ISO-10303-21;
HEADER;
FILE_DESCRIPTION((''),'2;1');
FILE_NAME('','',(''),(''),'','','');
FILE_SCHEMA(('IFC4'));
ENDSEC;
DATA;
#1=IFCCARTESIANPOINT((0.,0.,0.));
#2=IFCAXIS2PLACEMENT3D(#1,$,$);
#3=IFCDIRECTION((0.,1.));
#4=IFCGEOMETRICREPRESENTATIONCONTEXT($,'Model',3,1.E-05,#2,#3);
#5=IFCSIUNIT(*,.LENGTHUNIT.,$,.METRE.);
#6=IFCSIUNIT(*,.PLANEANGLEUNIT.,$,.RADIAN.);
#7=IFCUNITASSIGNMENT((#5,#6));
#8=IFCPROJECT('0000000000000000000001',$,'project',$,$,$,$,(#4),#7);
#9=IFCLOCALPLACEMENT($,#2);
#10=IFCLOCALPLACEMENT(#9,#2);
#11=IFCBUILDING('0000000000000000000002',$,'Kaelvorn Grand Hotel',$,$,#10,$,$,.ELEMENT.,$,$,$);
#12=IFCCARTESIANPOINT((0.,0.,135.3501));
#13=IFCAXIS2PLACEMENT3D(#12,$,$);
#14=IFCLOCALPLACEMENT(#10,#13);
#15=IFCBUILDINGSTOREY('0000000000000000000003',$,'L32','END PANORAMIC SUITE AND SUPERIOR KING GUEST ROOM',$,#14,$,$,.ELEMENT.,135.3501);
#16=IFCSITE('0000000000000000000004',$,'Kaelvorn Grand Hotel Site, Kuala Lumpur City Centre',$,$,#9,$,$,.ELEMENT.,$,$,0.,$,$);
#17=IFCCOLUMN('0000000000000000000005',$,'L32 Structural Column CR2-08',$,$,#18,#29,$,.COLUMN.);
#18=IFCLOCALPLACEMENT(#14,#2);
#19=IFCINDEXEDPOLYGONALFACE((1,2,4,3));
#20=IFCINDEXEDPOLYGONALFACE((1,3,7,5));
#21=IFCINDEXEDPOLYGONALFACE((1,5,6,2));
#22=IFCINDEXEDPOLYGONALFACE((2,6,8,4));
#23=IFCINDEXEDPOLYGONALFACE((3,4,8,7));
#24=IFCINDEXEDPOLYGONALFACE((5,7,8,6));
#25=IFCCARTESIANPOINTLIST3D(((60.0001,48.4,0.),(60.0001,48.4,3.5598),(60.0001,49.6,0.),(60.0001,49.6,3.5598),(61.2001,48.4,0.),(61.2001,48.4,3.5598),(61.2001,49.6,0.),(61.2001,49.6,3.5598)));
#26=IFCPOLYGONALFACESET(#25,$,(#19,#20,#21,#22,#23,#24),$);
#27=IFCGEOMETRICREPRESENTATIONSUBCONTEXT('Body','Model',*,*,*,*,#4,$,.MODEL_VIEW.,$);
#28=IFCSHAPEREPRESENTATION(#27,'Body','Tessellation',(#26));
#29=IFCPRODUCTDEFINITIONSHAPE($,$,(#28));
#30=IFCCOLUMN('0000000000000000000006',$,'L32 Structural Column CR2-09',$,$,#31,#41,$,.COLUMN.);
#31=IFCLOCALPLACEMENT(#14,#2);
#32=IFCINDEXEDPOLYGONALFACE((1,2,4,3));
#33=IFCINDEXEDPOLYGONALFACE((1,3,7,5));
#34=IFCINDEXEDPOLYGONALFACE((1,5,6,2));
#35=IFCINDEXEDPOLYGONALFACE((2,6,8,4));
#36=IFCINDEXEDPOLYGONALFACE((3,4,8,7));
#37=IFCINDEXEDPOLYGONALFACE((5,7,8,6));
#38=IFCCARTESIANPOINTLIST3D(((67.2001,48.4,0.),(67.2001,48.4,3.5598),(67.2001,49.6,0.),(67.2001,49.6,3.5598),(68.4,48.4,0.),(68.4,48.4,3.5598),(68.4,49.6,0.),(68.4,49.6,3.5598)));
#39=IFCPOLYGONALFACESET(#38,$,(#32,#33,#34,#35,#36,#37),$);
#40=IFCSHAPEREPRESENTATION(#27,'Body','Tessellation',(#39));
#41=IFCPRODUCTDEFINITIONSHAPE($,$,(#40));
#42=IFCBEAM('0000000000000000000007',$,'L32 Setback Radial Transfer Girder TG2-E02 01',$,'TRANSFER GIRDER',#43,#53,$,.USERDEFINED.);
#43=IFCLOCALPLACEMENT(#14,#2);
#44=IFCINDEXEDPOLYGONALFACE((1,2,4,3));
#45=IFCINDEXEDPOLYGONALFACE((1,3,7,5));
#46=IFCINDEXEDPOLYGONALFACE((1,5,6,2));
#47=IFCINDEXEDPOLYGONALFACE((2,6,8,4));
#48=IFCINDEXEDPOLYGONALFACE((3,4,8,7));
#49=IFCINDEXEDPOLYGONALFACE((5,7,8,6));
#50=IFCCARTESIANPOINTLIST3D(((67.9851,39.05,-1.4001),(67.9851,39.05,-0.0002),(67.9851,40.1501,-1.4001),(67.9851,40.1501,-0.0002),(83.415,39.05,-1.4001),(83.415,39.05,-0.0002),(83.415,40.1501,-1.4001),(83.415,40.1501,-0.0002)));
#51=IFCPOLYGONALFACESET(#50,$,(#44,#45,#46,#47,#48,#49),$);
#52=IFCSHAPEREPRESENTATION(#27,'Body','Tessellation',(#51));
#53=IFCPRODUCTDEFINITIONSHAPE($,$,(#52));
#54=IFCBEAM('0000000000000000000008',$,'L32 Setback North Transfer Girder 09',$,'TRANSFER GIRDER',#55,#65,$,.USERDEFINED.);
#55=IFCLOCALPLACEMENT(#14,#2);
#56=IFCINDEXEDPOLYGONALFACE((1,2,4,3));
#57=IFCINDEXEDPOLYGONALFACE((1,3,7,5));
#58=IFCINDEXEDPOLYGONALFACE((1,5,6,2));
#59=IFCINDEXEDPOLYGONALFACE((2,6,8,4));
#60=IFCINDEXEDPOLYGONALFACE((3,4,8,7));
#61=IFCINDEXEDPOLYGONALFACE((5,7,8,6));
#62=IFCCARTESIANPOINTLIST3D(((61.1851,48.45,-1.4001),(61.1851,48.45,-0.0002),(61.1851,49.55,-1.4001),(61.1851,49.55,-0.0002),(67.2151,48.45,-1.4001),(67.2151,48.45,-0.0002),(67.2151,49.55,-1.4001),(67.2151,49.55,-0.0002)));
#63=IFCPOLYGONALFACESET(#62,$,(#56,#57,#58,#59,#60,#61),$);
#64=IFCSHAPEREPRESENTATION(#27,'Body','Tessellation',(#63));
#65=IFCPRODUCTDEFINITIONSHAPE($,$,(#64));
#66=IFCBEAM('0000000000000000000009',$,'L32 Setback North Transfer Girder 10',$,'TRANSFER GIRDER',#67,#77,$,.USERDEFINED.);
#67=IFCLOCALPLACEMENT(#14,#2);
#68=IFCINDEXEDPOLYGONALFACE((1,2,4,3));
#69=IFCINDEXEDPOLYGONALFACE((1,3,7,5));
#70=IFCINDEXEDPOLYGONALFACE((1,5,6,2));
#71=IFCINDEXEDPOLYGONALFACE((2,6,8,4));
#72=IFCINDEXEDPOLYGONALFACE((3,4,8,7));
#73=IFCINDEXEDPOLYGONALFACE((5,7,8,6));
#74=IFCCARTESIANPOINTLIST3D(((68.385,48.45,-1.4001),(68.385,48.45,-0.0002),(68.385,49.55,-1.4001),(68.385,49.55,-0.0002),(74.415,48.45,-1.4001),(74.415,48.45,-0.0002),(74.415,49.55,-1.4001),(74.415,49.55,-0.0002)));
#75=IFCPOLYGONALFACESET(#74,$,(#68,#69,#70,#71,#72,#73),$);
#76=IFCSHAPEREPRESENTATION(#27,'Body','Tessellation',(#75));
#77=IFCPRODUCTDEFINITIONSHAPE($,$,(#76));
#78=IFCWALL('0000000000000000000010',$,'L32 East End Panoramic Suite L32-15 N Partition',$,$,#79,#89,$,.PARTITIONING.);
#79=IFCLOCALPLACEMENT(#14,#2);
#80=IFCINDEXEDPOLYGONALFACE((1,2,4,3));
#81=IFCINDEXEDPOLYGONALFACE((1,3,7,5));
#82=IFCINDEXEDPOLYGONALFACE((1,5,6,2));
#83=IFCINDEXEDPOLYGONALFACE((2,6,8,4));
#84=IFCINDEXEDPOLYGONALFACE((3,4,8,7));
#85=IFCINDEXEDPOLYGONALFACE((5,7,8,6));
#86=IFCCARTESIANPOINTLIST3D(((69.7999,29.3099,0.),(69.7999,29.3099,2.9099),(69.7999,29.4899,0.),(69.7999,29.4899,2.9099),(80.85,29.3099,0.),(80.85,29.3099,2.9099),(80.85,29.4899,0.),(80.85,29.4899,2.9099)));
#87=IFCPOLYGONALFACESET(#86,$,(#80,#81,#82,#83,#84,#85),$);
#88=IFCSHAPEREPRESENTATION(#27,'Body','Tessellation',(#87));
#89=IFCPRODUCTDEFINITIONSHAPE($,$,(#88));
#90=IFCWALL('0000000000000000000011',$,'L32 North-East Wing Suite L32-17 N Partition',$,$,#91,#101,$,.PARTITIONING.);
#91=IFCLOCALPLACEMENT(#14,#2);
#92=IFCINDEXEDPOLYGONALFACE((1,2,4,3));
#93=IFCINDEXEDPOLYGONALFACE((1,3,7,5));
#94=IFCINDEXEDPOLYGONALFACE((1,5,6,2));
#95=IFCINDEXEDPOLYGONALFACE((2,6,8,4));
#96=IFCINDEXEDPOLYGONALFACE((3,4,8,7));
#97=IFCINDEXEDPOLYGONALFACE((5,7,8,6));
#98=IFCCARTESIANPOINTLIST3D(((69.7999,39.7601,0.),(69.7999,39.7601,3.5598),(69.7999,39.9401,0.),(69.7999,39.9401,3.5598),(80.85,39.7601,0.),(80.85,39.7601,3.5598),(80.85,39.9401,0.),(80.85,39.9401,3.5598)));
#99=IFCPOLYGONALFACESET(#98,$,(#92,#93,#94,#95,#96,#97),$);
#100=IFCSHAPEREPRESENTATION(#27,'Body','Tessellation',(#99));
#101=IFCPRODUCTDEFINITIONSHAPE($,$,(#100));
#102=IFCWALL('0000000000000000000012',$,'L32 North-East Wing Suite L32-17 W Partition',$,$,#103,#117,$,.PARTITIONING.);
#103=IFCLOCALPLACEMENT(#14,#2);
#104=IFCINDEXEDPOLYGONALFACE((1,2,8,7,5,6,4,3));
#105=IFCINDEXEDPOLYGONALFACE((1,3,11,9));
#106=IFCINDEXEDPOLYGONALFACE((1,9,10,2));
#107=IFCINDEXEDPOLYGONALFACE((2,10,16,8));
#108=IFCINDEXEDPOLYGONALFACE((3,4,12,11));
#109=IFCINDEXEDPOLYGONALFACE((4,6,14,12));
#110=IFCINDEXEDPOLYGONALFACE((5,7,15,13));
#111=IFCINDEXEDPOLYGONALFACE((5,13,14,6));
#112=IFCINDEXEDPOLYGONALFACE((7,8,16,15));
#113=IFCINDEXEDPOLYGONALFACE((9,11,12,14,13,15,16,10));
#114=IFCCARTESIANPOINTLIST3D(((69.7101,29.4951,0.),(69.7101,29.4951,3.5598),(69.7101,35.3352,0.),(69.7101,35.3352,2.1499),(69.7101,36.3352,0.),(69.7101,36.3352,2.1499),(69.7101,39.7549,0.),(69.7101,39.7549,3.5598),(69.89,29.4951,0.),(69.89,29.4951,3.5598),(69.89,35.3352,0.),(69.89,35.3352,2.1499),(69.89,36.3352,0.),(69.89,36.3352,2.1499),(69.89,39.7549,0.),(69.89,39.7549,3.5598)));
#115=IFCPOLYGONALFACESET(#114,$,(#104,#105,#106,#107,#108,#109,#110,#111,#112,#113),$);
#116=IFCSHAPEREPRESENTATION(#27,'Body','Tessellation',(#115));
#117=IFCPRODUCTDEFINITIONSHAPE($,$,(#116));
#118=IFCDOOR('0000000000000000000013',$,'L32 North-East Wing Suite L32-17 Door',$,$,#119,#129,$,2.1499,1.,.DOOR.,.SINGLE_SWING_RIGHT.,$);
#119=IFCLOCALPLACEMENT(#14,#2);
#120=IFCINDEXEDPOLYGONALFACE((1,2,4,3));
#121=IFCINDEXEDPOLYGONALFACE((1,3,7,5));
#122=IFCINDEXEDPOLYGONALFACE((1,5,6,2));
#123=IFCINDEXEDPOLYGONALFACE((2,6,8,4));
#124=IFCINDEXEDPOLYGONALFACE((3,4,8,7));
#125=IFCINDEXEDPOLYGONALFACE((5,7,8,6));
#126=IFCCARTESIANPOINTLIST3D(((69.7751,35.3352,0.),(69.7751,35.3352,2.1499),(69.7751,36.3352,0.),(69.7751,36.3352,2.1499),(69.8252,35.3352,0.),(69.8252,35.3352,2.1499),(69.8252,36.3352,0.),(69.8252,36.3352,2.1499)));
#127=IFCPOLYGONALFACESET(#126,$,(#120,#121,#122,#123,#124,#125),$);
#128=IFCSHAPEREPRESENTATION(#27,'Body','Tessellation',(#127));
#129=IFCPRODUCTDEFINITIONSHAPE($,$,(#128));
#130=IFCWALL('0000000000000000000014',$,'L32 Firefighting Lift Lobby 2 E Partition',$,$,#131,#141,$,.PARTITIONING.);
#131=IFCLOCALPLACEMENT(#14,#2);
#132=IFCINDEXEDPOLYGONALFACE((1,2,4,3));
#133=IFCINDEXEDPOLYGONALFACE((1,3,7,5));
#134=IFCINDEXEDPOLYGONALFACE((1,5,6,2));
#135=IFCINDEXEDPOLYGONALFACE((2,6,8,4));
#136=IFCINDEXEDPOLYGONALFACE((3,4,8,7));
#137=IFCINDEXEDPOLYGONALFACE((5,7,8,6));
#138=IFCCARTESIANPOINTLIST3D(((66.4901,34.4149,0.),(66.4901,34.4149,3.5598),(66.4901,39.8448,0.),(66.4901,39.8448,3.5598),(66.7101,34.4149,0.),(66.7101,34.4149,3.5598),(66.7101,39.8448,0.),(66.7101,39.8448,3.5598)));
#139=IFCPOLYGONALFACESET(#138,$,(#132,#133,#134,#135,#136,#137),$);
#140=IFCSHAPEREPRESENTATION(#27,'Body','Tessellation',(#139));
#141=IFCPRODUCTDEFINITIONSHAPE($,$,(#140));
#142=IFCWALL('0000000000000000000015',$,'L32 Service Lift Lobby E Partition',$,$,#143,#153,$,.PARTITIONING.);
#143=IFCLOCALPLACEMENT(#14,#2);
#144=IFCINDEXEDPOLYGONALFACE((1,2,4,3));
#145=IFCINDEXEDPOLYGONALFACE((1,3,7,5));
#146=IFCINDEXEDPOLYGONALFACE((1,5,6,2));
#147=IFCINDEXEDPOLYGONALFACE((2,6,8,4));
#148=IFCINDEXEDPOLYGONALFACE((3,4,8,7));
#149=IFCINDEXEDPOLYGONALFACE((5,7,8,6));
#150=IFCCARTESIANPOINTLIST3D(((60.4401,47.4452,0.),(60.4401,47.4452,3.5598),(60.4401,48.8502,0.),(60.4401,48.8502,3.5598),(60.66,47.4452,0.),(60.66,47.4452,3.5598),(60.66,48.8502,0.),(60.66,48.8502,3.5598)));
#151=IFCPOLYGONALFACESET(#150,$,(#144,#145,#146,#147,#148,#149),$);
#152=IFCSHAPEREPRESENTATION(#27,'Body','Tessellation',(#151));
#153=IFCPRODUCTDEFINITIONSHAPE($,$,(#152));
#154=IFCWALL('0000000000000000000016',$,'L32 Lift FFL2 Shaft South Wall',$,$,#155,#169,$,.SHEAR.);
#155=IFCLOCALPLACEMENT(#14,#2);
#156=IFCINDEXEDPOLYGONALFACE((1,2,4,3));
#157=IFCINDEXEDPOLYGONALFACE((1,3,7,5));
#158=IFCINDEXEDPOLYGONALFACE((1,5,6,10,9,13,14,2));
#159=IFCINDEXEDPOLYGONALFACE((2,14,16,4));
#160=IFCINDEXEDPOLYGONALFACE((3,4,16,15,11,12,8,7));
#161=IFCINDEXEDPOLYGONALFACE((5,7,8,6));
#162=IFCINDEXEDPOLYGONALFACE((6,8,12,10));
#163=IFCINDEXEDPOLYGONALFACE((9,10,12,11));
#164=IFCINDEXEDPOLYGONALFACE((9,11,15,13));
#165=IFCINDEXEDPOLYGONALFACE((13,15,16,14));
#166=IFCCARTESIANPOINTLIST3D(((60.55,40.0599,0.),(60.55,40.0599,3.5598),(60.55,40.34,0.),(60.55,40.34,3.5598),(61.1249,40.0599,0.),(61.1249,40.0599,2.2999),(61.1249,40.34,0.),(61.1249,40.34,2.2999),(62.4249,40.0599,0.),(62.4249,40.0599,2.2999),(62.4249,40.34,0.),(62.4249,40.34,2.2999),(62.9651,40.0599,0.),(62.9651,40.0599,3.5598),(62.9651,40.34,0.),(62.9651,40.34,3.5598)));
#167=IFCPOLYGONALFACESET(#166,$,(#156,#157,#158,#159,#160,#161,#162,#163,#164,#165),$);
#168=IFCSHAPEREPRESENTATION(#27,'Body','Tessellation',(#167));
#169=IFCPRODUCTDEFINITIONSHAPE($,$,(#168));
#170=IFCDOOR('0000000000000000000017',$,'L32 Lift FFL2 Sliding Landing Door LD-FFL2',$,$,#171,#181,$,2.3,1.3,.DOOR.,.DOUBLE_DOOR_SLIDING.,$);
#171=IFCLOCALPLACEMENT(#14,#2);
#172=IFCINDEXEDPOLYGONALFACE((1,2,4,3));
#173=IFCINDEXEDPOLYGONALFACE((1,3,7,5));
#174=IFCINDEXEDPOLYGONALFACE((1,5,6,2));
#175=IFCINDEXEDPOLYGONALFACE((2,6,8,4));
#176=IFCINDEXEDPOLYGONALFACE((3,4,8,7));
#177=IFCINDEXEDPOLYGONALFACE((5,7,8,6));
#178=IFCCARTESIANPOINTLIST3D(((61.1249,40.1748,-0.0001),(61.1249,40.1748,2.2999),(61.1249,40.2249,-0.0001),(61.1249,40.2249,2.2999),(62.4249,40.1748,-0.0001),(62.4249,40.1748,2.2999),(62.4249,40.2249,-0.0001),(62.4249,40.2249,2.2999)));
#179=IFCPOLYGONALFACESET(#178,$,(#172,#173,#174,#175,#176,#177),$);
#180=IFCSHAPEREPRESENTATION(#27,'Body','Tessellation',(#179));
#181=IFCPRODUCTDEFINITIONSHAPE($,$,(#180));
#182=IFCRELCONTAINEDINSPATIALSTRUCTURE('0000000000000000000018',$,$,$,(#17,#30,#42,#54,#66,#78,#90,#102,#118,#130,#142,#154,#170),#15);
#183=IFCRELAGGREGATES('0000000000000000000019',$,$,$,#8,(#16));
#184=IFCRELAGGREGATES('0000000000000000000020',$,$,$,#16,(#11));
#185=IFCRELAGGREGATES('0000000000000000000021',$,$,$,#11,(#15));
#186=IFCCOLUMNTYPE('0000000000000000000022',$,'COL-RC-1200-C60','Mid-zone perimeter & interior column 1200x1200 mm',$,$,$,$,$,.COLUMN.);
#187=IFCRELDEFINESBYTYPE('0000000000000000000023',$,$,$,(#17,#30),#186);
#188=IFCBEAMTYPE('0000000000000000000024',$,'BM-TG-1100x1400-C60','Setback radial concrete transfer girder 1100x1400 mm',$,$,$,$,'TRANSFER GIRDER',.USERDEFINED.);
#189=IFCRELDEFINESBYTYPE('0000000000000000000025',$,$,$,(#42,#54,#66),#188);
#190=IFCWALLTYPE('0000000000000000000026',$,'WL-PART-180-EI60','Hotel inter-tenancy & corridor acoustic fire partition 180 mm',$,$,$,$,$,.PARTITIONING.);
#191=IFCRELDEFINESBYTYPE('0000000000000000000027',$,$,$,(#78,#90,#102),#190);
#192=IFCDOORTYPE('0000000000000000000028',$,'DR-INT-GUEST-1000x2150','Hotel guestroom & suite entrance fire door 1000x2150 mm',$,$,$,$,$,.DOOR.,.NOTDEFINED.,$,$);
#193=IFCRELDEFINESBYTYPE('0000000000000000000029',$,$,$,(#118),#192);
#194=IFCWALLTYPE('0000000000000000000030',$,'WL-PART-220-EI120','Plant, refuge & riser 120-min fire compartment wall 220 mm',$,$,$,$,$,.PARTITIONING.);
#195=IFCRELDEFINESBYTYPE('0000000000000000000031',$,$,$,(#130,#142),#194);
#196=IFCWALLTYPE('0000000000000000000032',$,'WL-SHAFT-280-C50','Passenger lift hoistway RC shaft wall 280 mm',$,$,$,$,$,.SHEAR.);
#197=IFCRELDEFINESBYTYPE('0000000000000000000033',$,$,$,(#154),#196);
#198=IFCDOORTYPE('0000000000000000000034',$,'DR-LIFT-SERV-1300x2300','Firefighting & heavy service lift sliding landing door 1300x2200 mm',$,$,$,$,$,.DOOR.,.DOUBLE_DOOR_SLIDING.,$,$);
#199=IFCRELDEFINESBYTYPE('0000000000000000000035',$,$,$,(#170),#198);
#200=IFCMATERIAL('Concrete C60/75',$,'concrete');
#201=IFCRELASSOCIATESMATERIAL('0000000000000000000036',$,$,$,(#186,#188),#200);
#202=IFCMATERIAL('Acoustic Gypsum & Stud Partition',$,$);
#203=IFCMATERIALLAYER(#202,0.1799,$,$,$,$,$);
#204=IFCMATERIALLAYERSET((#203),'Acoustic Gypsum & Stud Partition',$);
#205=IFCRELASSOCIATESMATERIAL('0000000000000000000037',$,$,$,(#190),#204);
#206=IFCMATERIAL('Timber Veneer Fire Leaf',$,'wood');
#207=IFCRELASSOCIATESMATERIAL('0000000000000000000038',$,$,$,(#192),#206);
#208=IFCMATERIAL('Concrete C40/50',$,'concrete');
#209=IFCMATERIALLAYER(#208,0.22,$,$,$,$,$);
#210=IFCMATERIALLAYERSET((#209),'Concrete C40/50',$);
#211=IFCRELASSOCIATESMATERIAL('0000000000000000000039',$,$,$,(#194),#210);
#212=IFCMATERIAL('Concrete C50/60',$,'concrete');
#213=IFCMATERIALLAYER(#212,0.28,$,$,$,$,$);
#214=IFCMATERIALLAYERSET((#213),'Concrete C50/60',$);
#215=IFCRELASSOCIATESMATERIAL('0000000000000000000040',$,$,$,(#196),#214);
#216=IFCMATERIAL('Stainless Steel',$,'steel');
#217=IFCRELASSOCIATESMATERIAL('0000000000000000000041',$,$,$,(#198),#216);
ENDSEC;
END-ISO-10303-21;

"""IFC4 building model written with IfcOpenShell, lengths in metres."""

from ifc_helpers import new_model, si_unit, direction, frame, frame_2d, origin, origin_2d, place, context, subcontext, project, spatial, rectangle, extrude, material, layer, layer_set, material_profile, profile_set, type_object, element, fill, save


model = new_model("IFC4")

# Units and contexts
model_context = context("Model", 3, precision=1e-05, world=origin(), true_north=direction((0.0, 1.0)))
body_context = subcontext(model_context, "Body", "Model", "MODEL_VIEW")
ifc_project = project(units=[si_unit("LENGTHUNIT", "METRE"), si_unit("PLANEANGLEUNIT", "RADIAN")], contexts=[model_context])

# Site, building, storey
site_placement = place(None, origin())
site = spatial("IfcSite", under=ifc_project, at=site_placement, Name="Kaelvorn Grand Hotel Site, Kuala Lumpur City Centre", CompositionType="ELEMENT", RefElevation=0.0)
building_placement = place(site_placement, origin())
building = spatial("IfcBuilding", under=site, at=building_placement, Name="Kaelvorn Grand Hotel", CompositionType="ELEMENT")
storey_placement = place(building_placement, frame((0.0, 0.0, 135.3501)))
storey = spatial("IfcBuildingStorey", under=building, at=storey_placement, Name="L32", Description="END PANORAMIC SUITE AND SUPERIOR KING GUEST ROOM", CompositionType="ELEMENT", Elevation=135.3501)

# Columns
ifc_material_1 = material(Name="Concrete C60/75", Category="concrete")
ifc_material_profile_1 = material_profile(ifc_material_1, rectangle(XDim=1.2, YDim=1.2, at=origin_2d()), Name="RC COL 1200x1200")
ifc_profile_set_1 = profile_set([ifc_material_profile_1], Name="Concrete C60/75")
column_type = type_object("IfcColumnType", Name="COL-RC-1200-C60", Description="Mid-zone perimeter & interior column 1200x1200 mm", PredefinedType="COLUMN", material=ifc_profile_set_1)
for number, where, z_axis, x_axis, name in (
    (1, (60.6001, 49.0, 0.0), (0.0, 0.0, 1.0), (1.0, 0.0, 0.0), "L32 Structural Column CR2-08"),
    (2, (67.8, 49.0, 0.0), (0.0, 0.0, 1.0), (1.0, 0.0, 0.0), "L32 Structural Column CR2-09"),
):
    element("IfcColumn", number, at=place(storey_placement, frame(where, z_axis=z_axis, x_axis=x_axis)), inside=storey, type_object=column_type, Name=name, PredefinedType="COLUMN", context=body_context, shape_type="SweptSolid", body=[
        extrude(rectangle(XDim=1.2, YDim=1.2, at=origin_2d()), origin(), (0.0, 0.0, 1.0), 3.5598),
    ])

# Beams
ifc_material_profile_2 = material_profile(ifc_material_1, rectangle(XDim=1.1001, YDim=1.3999, at=origin_2d()), Name="RC TG 1100x1400")
ifc_profile_set_2 = profile_set([ifc_material_profile_2], Name="Concrete C60/75")
beam_type = type_object("IfcBeamType", Name="BM-TG-1100x1400-C60", Description="Setback radial concrete transfer girder 1100x1400 mm", ElementType="TRANSFER GIRDER", PredefinedType="USERDEFINED", material=ifc_profile_set_2)
beam_placement = place(storey_placement, frame((67.9851, 39.6001, -0.7002), z_axis=(1.0, 0.0, 0.0), x_axis=(0.0, 1.0, 0.0)))
element("IfcBeam", 3, at=beam_placement, inside=storey, type_object=beam_type, Name="L32 Setback Radial Transfer Girder TG2-E02 01", ObjectType="TRANSFER GIRDER", PredefinedType="USERDEFINED", context=body_context, shape_type="SweptSolid", body=[
    extrude(rectangle(XDim=1.1001, YDim=1.3999, at=origin_2d()), origin(), (0.0, 0.0, 1.0), 15.4299),
])
for number, where, z_axis, x_axis, name in (
    (4, (61.1851, 49.0, -0.7002), (1.0, 0.0, 0.0), (0.0, 1.0, 0.0), "L32 Setback North Transfer Girder 09"),
    (5, (68.385, 49.0, -0.7002), (1.0, 0.0, 0.0), (0.0, 1.0, 0.0), "L32 Setback North Transfer Girder 10"),
):
    element("IfcBeam", number, at=place(storey_placement, frame(where, z_axis=z_axis, x_axis=x_axis)), inside=storey, type_object=beam_type, Name=name, ObjectType="TRANSFER GIRDER", PredefinedType="USERDEFINED", context=body_context, shape_type="SweptSolid", body=[
        extrude(rectangle(XDim=1.1001, YDim=1.3999, at=origin_2d()), origin(), (0.0, 0.0, 1.0), 6.03),
    ])

# Walls
ifc_material_2 = material(Name="Acoustic Gypsum & Stud Partition")
ifc_layer_1 = layer(ifc_material_2, 0.1799)
ifc_layer_set_1 = layer_set([ifc_layer_1], Name="Acoustic Gypsum & Stud Partition")
wall_type_1 = type_object("IfcWallType", Name="WL-PART-180-EI60", Description="Hotel inter-tenancy & corridor acoustic fire partition 180 mm", PredefinedType="PARTITIONING", material=ifc_layer_set_1)
wall_1_placement = place(storey_placement, frame((69.8, 29.3999, 0.0), z_axis=(0.0, 0.0, 1.0), x_axis=(1.0, 0.0, 0.0)))
element("IfcWall", 6, at=wall_1_placement, inside=storey, type_object=wall_type_1, Name="L32 East End Panoramic Suite L32-15 N Partition", PredefinedType="PARTITIONING", context=body_context, shape_type="SweptSolid", body=[
    extrude(rectangle(XDim=11.05, YDim=0.1799, at=frame_2d((5.5249, 0.0))), origin(), (0.0, 0.0, 1.0), 2.9099),
])
wall_2_placement = place(storey_placement, frame((69.8, 39.8501, 0.0), z_axis=(0.0, 0.0, 1.0), x_axis=(1.0, 0.0, 0.0)))
element("IfcWall", 7, at=wall_2_placement, inside=storey, type_object=wall_type_1, Name="L32 North-East Wing Suite L32-17 N Partition", PredefinedType="PARTITIONING", context=body_context, shape_type="SweptSolid", body=[
    extrude(rectangle(XDim=11.05, YDim=0.1799, at=frame_2d((5.5249, 0.0))), origin(), (0.0, 0.0, 1.0), 3.5598),
])

# Wall, opening, door
wall_3_placement = place(storey_placement, frame((69.8, 29.4951, 0.0), z_axis=(0.0, 0.0, 1.0), x_axis=(0.0, 1.0, 0.0)))
wall_3 = element("IfcWall", 8, at=wall_3_placement, inside=storey, type_object=wall_type_1, Name="L32 North-East Wing Suite L32-17 W Partition", PredefinedType="PARTITIONING", context=body_context, shape_type="SweptSolid", body=[
    extrude(rectangle(XDim=10.2598, YDim=0.1799, at=frame_2d((5.1299, 0.0))), origin(), (0.0, 0.0, 1.0), 3.5598),
])
opening_1_placement = place(wall_3_placement, frame((5.8401, 0.0, 0.0)))
opening_1 = element("IfcOpeningElement", 9, at=opening_1_placement, cuts=wall_3, PredefinedType="OPENING", context=body_context, shape_type="SweptSolid", body=[
    extrude(rectangle(XDim=1.0, YDim=2.1499, at=frame_2d((0.5, 1.075))), frame((0.0, 0.1001, 0.0), z_axis=(0.0, -1.0, 0.0), x_axis=(1.0, 0.0, 0.0)), (0.0, 0.0, 1.0), 0.2),
])
ifc_material_3 = material(Name="Timber Veneer Fire Leaf", Category="wood")
door_type_1 = type_object("IfcDoorType", Name="DR-INT-GUEST-1000x2150", Description="Hotel guestroom & suite entrance fire door 1000x2150 mm", OperationType="NOTDEFINED", PredefinedType="DOOR", material=ifc_material_3)
door_1_placement = place(opening_1_placement, origin())
door_1 = element("IfcDoor", 10, at=door_1_placement, inside=storey, type_object=door_type_1, Name="L32 North-East Wing Suite L32-17 Door", OperationType="SINGLE_SWING_RIGHT", OverallHeight=2.1499, OverallWidth=1.0, PredefinedType="DOOR", context=body_context, shape_type="SweptSolid", body=[
    extrude(rectangle(XDim=1.0, YDim=2.1499, at=frame_2d((0.5, 1.075))), frame((0.0, 0.0249, 0.0), z_axis=(0.0, -1.0, 0.0), x_axis=(1.0, 0.0, 0.0)), (0.0, 0.0, 1.0), 0.05),
])
fill(opening_1, door_1)

# Walls
ifc_material_4 = material(Name="Concrete C40/50", Category="concrete")
ifc_layer_2 = layer(ifc_material_4, 0.22)
ifc_layer_set_2 = layer_set([ifc_layer_2], Name="Concrete C40/50")
wall_type_2 = type_object("IfcWallType", Name="WL-PART-220-EI120", Description="Plant, refuge & riser 120-min fire compartment wall 220 mm", PredefinedType="PARTITIONING", material=ifc_layer_set_2)
wall_4_placement = place(storey_placement, frame((66.6001, 34.415, 0.0), z_axis=(0.0, 0.0, 1.0), x_axis=(0.0, 1.0, 0.0)))
element("IfcWall", 11, at=wall_4_placement, inside=storey, type_object=wall_type_2, Name="L32 Firefighting Lift Lobby 2 E Partition", PredefinedType="PARTITIONING", context=body_context, shape_type="SweptSolid", body=[
    extrude(rectangle(XDim=5.4299, YDim=0.22, at=frame_2d((2.7148, 0.0))), origin(), (0.0, 0.0, 1.0), 3.5598),
])
wall_5_placement = place(storey_placement, frame((60.55, 47.4451, 0.0), z_axis=(0.0, 0.0, 1.0), x_axis=(0.0, 1.0, 0.0)))
element("IfcWall", 12, at=wall_5_placement, inside=storey, type_object=wall_type_2, Name="L32 Service Lift Lobby E Partition", PredefinedType="PARTITIONING", context=body_context, shape_type="SweptSolid", body=[
    extrude(rectangle(XDim=1.405, YDim=0.22, at=frame_2d((0.7026, 0.0))), origin(), (0.0, 0.0, 1.0), 3.5598),
])

# Wall, opening, door
ifc_material_5 = material(Name="Concrete C50/60", Category="concrete")
ifc_layer_3 = layer(ifc_material_5, 0.28)
ifc_layer_set_3 = layer_set([ifc_layer_3], Name="Concrete C50/60")
wall_type_3 = type_object("IfcWallType", Name="WL-SHAFT-280-C50", Description="Passenger lift hoistway RC shaft wall 280 mm", PredefinedType="SHEAR", material=ifc_layer_set_3)
wall_6_placement = place(storey_placement, frame((60.55, 40.2, 0.0), z_axis=(0.0, 0.0, 1.0), x_axis=(1.0, 0.0, 0.0)))
wall_6 = element("IfcWall", 13, at=wall_6_placement, inside=storey, type_object=wall_type_3, Name="L32 Lift FFL2 Shaft South Wall", PredefinedType="SHEAR", context=body_context, shape_type="SweptSolid", body=[
    extrude(rectangle(XDim=2.415, YDim=0.28, at=frame_2d((1.2075, 0.0))), origin(), (0.0, 0.0, 1.0), 3.5598),
])
opening_2_placement = place(wall_6_placement, frame((0.575, 0.0, 0.0)))
opening_2 = element("IfcOpeningElement", 14, at=opening_2_placement, cuts=wall_6, PredefinedType="OPENING", context=body_context, shape_type="SweptSolid", body=[
    extrude(rectangle(XDim=1.3, YDim=2.3, at=frame_2d((0.6499, 1.1499))), frame((0.0, 0.1499, 0.0), z_axis=(0.0, -1.0, 0.0), x_axis=(1.0, 0.0, 0.0)), (0.0, 0.0, 1.0), 0.3),
])
ifc_material_6 = material(Name="Stainless Steel", Category="steel")
door_type_2 = type_object("IfcDoorType", Name="DR-LIFT-SERV-1300x2300", Description="Firefighting & heavy service lift sliding landing door 1300x2200 mm", OperationType="DOUBLE_DOOR_SLIDING", PredefinedType="DOOR", material=ifc_material_6)
door_2_placement = place(opening_2_placement, origin())
door_2 = element("IfcDoor", 15, at=door_2_placement, inside=storey, type_object=door_type_2, Name="L32 Lift FFL2 Sliding Landing Door LD-FFL2", OperationType="DOUBLE_DOOR_SLIDING", OverallHeight=2.3, OverallWidth=1.3, PredefinedType="DOOR", context=body_context, shape_type="SweptSolid", body=[
    extrude(rectangle(XDim=1.3, YDim=2.3, at=frame_2d((0.6499, 1.1499))), frame((0.0, 0.0249, 0.0), z_axis=(0.0, -1.0, 0.0), x_axis=(1.0, 0.0, 0.0)), (0.0, 0.0, 1.0), 0.05),
])
fill(opening_2, door_2)

save(model, "model.ifc")
